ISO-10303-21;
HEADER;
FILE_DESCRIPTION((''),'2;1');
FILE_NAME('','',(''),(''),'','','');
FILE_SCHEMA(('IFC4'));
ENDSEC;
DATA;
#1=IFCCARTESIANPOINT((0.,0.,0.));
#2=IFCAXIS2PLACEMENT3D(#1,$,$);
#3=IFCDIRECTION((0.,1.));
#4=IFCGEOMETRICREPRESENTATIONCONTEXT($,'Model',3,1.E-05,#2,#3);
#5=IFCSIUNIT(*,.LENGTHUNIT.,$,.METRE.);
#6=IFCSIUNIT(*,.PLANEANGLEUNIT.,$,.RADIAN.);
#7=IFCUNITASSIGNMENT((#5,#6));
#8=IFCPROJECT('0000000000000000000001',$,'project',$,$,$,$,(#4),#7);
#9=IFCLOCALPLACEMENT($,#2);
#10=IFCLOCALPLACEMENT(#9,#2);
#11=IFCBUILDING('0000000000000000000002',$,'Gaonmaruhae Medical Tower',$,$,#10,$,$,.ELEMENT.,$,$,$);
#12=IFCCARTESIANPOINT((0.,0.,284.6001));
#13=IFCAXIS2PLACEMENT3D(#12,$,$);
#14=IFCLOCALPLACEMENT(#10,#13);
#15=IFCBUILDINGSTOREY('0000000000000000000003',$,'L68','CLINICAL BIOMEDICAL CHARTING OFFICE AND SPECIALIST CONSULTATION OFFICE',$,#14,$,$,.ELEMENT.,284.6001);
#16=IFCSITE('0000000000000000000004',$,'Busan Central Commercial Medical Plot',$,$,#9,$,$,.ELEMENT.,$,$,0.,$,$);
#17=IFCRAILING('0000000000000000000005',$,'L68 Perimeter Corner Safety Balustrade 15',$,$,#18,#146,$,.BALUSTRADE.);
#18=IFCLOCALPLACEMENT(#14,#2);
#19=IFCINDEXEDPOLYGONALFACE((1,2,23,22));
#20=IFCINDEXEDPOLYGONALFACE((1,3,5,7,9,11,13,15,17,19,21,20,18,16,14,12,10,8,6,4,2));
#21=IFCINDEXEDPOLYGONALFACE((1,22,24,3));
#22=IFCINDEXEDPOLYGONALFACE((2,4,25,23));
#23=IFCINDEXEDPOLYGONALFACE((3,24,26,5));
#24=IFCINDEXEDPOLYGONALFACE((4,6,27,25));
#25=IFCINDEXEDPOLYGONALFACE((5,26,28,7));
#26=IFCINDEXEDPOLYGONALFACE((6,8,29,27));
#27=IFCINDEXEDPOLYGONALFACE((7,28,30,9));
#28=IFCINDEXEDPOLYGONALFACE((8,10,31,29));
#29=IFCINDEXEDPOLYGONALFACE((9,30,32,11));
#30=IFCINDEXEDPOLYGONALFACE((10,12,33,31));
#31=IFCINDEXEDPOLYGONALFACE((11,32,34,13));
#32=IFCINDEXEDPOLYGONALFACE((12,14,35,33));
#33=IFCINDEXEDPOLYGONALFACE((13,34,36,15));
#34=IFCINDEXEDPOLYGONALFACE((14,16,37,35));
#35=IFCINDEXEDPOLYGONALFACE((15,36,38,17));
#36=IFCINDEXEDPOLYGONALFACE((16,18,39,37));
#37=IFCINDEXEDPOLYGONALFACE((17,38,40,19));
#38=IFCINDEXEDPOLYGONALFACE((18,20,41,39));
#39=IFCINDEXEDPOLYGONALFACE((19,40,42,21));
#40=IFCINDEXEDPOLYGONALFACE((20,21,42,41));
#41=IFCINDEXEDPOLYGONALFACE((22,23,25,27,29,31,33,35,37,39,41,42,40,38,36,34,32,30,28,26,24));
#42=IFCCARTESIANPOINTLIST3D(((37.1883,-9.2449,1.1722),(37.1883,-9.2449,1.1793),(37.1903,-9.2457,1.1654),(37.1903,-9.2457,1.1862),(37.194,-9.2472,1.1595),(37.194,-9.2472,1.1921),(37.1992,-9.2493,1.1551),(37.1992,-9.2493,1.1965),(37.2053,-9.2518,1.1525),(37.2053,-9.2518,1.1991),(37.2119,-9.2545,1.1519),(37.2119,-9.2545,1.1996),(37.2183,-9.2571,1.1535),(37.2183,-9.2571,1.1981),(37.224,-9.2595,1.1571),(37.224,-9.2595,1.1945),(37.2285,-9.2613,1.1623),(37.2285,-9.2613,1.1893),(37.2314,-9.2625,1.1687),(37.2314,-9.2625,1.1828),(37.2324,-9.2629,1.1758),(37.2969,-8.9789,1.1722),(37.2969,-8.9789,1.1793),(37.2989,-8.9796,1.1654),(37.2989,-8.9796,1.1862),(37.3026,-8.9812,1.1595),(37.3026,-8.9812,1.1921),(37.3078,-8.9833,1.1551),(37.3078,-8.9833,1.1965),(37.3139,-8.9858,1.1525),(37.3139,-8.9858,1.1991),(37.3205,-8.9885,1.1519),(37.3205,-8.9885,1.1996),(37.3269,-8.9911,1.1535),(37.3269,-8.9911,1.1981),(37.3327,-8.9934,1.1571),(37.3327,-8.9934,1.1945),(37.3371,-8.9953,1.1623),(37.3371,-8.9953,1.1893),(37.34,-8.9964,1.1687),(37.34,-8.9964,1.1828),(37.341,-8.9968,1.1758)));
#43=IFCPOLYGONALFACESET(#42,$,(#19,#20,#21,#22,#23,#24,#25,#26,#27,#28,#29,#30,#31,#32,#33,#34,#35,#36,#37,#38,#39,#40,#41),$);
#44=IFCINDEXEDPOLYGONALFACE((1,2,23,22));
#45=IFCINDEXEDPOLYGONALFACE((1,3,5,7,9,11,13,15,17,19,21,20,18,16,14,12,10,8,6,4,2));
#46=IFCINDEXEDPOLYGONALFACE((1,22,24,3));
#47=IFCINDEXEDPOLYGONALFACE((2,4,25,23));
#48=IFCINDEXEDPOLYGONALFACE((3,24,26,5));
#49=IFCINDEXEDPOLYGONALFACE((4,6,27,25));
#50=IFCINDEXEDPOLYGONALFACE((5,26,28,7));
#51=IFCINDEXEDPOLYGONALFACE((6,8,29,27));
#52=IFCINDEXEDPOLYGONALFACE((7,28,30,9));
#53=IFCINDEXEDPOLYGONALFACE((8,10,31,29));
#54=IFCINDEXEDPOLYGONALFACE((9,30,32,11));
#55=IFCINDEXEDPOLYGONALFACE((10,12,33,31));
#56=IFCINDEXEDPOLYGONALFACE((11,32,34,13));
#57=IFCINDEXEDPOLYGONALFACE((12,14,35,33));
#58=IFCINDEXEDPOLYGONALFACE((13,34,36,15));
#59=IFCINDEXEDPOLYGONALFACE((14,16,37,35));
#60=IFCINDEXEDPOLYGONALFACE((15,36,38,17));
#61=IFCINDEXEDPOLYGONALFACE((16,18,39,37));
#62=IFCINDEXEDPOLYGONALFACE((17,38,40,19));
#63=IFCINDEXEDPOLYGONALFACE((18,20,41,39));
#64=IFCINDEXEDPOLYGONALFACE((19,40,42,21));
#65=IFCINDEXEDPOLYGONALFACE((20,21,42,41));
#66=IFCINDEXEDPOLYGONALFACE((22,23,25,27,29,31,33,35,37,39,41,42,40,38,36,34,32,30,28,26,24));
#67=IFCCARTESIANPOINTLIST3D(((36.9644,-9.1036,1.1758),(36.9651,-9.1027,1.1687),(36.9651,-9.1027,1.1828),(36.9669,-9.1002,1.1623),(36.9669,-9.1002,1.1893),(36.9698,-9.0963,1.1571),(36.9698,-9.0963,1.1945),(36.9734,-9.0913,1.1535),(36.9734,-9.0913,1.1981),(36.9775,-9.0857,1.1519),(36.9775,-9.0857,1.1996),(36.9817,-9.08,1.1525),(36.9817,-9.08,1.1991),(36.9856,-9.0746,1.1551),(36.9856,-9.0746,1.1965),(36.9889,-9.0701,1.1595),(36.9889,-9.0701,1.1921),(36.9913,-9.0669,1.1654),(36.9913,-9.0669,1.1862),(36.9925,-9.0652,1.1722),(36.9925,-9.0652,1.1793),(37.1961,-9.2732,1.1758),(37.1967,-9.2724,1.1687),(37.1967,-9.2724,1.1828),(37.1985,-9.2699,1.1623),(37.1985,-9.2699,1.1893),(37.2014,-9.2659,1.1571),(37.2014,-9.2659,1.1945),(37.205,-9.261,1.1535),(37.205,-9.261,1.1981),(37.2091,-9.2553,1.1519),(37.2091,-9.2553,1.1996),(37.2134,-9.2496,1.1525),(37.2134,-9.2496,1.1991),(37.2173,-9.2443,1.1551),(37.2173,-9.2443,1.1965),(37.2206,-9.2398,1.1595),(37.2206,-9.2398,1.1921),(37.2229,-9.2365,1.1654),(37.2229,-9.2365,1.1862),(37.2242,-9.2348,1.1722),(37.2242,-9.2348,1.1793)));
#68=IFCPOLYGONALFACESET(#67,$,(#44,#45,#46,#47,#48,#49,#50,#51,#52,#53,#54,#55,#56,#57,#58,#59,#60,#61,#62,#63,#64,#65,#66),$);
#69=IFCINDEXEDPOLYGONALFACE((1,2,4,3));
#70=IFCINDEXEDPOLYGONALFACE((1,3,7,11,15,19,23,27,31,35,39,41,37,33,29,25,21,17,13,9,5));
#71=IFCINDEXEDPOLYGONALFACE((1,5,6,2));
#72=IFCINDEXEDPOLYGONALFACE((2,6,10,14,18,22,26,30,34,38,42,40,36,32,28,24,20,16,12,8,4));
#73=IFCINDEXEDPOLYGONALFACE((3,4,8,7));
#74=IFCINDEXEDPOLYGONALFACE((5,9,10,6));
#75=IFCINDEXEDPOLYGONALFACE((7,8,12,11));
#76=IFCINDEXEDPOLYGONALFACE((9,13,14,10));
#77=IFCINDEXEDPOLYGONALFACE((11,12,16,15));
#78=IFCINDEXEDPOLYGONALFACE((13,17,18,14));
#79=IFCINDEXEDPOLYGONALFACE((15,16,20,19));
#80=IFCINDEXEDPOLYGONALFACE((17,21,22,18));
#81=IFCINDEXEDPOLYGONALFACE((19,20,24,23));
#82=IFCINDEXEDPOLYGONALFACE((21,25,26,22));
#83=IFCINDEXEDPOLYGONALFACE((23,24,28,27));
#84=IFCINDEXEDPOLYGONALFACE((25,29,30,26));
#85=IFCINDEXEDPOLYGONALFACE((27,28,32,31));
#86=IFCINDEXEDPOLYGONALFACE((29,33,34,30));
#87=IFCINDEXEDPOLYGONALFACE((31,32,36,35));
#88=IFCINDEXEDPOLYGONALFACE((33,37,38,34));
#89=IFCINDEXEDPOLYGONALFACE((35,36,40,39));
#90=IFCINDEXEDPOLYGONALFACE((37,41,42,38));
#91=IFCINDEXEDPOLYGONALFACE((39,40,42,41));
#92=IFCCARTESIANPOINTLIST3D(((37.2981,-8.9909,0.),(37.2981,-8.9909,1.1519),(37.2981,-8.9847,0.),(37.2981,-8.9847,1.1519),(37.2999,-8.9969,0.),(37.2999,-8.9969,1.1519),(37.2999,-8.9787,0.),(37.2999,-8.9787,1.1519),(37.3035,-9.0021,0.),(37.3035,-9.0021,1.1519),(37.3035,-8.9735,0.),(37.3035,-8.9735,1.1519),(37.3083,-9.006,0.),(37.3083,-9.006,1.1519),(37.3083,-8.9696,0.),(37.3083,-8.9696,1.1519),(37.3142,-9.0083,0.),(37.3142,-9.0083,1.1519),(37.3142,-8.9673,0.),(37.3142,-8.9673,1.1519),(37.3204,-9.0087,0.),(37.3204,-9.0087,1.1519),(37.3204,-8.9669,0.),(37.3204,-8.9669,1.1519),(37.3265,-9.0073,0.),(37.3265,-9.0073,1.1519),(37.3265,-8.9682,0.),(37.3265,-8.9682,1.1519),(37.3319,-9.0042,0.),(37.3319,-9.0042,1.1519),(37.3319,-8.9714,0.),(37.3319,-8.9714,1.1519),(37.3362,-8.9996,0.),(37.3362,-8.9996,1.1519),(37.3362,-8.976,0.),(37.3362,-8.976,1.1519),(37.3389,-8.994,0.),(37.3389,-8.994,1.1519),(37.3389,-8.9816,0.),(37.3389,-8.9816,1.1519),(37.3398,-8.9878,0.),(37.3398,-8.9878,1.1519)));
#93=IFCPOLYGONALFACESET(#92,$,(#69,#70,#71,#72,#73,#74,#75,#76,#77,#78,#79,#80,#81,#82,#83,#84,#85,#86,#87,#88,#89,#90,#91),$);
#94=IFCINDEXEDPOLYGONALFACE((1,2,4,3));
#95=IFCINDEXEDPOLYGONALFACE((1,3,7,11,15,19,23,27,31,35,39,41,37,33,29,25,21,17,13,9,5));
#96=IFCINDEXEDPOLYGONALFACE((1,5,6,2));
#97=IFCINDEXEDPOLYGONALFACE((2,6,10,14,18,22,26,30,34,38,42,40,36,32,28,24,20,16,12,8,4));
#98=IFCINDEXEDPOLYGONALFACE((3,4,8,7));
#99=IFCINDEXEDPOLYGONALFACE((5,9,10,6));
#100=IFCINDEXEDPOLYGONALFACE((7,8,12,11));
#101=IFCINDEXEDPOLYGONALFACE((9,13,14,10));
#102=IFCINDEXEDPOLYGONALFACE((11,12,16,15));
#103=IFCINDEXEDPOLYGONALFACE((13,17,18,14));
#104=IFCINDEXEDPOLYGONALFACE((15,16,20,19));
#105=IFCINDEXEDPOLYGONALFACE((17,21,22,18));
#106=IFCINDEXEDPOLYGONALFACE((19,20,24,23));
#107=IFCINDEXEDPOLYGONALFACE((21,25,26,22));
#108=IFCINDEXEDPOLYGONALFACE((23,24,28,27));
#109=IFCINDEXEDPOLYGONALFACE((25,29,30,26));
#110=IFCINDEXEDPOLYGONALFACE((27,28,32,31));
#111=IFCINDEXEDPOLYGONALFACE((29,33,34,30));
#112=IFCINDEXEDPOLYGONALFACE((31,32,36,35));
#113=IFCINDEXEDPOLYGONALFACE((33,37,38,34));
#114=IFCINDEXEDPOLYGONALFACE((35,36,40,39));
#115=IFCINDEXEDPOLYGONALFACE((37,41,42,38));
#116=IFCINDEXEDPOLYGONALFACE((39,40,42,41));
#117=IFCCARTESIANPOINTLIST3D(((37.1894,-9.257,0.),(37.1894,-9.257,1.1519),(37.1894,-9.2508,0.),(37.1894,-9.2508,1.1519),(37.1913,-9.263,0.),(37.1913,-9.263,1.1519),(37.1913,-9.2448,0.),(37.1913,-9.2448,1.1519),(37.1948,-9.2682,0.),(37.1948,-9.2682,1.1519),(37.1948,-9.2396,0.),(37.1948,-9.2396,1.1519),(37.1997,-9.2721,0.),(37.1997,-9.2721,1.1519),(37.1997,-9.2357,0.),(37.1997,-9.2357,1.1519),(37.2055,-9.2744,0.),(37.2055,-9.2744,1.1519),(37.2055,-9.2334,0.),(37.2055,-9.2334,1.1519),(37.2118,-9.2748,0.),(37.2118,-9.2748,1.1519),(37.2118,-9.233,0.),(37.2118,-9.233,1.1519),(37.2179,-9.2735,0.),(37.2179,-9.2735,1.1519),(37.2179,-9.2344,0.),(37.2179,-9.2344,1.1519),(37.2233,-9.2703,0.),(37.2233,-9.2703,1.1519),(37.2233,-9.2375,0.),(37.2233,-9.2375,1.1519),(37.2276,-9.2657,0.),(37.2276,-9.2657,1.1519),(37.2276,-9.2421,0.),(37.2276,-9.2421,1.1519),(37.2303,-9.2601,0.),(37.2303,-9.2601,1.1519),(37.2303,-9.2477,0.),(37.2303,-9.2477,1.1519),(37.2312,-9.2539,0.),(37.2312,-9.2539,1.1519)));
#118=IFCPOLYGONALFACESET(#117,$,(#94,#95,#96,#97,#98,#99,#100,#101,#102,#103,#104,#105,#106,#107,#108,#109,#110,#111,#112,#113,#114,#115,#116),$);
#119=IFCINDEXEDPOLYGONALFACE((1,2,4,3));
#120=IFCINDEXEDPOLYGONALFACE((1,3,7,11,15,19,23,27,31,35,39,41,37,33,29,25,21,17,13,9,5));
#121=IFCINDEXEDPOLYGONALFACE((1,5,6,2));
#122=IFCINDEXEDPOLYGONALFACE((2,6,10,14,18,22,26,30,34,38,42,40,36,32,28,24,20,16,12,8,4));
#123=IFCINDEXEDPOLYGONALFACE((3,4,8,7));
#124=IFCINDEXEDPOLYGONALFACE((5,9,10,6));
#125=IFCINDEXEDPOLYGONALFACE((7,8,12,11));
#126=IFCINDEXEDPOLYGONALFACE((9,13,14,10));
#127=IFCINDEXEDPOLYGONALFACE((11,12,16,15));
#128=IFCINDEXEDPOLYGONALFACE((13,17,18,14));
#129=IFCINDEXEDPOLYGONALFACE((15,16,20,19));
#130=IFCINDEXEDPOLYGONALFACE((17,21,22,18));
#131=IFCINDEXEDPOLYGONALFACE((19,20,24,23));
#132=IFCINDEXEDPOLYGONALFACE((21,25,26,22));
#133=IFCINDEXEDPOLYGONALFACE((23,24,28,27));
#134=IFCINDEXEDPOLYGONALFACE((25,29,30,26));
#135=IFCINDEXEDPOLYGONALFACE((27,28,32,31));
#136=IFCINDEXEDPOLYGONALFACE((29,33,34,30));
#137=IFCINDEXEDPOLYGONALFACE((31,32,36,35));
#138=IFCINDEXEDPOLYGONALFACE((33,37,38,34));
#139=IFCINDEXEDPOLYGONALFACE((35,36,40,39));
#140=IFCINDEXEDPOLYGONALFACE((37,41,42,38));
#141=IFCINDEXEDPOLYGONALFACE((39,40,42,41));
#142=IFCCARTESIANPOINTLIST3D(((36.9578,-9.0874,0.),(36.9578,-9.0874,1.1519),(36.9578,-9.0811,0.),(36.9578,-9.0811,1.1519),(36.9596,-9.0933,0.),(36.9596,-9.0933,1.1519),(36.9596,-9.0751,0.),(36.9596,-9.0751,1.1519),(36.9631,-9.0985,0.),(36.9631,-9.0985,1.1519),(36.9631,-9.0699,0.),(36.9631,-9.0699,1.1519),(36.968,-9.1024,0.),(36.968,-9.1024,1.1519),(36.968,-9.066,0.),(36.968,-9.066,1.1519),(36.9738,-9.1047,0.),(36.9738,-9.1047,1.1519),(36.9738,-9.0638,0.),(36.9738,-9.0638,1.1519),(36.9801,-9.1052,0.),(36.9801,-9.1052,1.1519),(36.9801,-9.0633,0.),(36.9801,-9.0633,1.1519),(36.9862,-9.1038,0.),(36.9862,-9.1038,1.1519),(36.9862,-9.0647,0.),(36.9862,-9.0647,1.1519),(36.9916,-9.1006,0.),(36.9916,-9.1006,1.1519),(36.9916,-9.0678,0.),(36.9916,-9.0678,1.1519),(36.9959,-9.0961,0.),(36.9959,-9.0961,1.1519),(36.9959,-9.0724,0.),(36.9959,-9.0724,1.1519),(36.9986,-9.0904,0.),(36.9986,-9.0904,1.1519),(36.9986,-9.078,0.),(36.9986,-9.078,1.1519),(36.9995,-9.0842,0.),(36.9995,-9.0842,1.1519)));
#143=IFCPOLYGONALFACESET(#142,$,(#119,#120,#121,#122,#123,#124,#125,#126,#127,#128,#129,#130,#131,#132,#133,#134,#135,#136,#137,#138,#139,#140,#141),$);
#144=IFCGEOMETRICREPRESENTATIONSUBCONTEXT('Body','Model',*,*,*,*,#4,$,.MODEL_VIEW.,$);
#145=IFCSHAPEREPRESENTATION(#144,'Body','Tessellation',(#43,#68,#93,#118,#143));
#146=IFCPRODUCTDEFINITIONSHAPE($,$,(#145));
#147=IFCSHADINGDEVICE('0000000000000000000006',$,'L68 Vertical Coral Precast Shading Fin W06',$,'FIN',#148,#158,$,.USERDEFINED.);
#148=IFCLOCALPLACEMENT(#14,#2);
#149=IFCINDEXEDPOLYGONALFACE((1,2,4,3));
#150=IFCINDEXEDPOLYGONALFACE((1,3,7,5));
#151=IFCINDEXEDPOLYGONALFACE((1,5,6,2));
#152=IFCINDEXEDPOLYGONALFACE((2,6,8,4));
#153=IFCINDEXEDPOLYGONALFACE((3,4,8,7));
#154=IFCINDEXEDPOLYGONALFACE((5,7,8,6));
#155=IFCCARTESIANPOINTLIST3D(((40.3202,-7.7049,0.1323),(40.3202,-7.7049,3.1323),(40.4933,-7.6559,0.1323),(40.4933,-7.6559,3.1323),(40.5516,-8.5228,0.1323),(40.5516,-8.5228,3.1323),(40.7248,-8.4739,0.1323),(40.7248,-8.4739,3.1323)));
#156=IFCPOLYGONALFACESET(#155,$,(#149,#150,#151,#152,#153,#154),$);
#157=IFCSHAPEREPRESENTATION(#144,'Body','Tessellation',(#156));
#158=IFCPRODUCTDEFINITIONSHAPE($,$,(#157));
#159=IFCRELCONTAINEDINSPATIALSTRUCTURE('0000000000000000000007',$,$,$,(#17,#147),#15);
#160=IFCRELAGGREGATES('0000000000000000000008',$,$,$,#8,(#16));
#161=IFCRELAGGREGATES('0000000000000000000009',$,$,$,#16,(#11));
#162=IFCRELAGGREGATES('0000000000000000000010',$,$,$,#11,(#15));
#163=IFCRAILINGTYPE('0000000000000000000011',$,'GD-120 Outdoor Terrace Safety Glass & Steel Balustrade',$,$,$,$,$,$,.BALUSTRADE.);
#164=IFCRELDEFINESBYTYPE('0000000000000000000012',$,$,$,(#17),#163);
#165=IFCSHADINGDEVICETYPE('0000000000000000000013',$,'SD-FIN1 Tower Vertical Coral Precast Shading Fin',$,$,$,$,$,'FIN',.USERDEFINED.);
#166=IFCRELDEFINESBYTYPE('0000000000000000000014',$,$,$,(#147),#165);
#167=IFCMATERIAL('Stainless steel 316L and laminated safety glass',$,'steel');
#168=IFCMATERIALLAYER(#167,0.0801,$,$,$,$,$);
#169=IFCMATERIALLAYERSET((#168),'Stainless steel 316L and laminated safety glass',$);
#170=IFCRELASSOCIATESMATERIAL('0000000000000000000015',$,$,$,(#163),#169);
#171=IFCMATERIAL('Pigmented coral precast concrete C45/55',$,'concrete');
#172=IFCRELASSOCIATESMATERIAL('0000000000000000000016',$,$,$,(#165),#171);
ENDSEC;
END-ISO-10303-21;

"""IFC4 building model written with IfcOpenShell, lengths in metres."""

from ifc_helpers import new_model, si_unit, direction, frame, origin, origin_2d, place, context, subcontext, project, spatial, rectangle, circle, extrude, material, layer, layer_set, type_object, element, save


model = new_model("IFC4")

# Units and contexts
model_context = context("Model", 3, precision=1e-05, world=origin(), true_north=direction((0.0, 1.0)))
body_context = subcontext(model_context, "Body", "Model", "MODEL_VIEW")
ifc_project = project(units=[si_unit("LENGTHUNIT", "METRE"), si_unit("PLANEANGLEUNIT", "RADIAN")], contexts=[model_context])

# Site, building, storey
site_placement = place(None, origin())
site = spatial("IfcSite", under=ifc_project, at=site_placement, Name="Busan Central Commercial Medical Plot", CompositionType="ELEMENT", RefElevation=0.0)
building_placement = place(site_placement, origin())
building = spatial("IfcBuilding", under=site, at=building_placement, Name="Gaonmaruhae Medical Tower", CompositionType="ELEMENT")
storey_placement = place(building_placement, frame((0.0, 0.0, 284.6001)))
storey = spatial("IfcBuildingStorey", under=building, at=storey_placement, Name="L68", Description="CLINICAL BIOMEDICAL CHARTING OFFICE AND SPECIALIST CONSULTATION OFFICE", CompositionType="ELEMENT", Elevation=284.6001)

# Railing
ifc_material_1 = material(Name="Stainless steel 316L and laminated safety glass", Category="steel")
ifc_layer_1 = layer(ifc_material_1, 0.0801)
ifc_layer_set_1 = layer_set([ifc_layer_1], Name="Stainless steel 316L and laminated safety glass")
railing_type = type_object("IfcRailingType", Name="GD-120 Outdoor Terrace Safety Glass & Steel Balustrade", PredefinedType="BALUSTRADE", material=ifc_layer_set_1)
railing_1_placement = place(storey_placement, frame((37.3188, -8.9878, 0.0)))
element("IfcRailing", 1, at=railing_1_placement, inside=storey, type_object=railing_type, Name="L68 Perimeter Corner Safety Balustrade 15", PredefinedType="BALUSTRADE", context=body_context, shape_type="SweptSolid", body=[
    extrude(circle(Radius=0.0239, at=origin_2d()), frame((0.0, 0.0, 1.1758), z_axis=(-0.377971, -0.925817, 0.0), x_axis=(0.925817, -0.377971, 0.0)), (0.0, 0.0, 1.0), 0.2874),
    extrude(circle(Radius=0.0239, at=origin_2d()), frame((-0.1086, -0.2661, 1.1758), z_axis=(-0.806783, 0.590848, 0.0), x_axis=(-0.590848, -0.806783, 0.0)), (0.0, 0.0, 1.0), 0.2871),
    extrude(circle(Radius=0.021, at=origin_2d()), origin(), (0.0, 0.0, 1.0), 1.1519),
    extrude(circle(Radius=0.021, at=origin_2d()), frame((-0.1086, -0.2661, 0.0)), (0.0, 0.0, 1.0), 1.1519),
    extrude(circle(Radius=0.021, at=origin_2d()), frame((-0.3403, -0.0964, 0.0)), (0.0, 0.0, 1.0), 1.1519),
])

# Shading device
ifc_material_2 = material(Name="Pigmented coral precast concrete C45/55", Category="concrete")
shading_device_type = type_object("IfcShadingDeviceType", Name="SD-FIN1 Tower Vertical Coral Precast Shading Fin", ElementType="FIN", PredefinedType="USERDEFINED", material=ifc_material_2)
shading_device_placement = place(storey_placement, frame((40.5225, -8.0894, 0.1323), z_axis=(0.0, 0.0, 1.0), x_axis=(-0.962223, -0.272263, 0.0)))
element("IfcShadingDevice", 2, at=shading_device_placement, inside=storey, type_object=shading_device_type, Name="L68 Vertical Coral Precast Shading Fin W06", ObjectType="FIN", PredefinedType="USERDEFINED", context=body_context, shape_type="SweptSolid", body=[
    extrude(rectangle(XDim=0.1799, YDim=0.8501, at=origin_2d()), origin(), (0.0, 0.0, 1.0), 3.0),
])

save(model, "model.ifc")
